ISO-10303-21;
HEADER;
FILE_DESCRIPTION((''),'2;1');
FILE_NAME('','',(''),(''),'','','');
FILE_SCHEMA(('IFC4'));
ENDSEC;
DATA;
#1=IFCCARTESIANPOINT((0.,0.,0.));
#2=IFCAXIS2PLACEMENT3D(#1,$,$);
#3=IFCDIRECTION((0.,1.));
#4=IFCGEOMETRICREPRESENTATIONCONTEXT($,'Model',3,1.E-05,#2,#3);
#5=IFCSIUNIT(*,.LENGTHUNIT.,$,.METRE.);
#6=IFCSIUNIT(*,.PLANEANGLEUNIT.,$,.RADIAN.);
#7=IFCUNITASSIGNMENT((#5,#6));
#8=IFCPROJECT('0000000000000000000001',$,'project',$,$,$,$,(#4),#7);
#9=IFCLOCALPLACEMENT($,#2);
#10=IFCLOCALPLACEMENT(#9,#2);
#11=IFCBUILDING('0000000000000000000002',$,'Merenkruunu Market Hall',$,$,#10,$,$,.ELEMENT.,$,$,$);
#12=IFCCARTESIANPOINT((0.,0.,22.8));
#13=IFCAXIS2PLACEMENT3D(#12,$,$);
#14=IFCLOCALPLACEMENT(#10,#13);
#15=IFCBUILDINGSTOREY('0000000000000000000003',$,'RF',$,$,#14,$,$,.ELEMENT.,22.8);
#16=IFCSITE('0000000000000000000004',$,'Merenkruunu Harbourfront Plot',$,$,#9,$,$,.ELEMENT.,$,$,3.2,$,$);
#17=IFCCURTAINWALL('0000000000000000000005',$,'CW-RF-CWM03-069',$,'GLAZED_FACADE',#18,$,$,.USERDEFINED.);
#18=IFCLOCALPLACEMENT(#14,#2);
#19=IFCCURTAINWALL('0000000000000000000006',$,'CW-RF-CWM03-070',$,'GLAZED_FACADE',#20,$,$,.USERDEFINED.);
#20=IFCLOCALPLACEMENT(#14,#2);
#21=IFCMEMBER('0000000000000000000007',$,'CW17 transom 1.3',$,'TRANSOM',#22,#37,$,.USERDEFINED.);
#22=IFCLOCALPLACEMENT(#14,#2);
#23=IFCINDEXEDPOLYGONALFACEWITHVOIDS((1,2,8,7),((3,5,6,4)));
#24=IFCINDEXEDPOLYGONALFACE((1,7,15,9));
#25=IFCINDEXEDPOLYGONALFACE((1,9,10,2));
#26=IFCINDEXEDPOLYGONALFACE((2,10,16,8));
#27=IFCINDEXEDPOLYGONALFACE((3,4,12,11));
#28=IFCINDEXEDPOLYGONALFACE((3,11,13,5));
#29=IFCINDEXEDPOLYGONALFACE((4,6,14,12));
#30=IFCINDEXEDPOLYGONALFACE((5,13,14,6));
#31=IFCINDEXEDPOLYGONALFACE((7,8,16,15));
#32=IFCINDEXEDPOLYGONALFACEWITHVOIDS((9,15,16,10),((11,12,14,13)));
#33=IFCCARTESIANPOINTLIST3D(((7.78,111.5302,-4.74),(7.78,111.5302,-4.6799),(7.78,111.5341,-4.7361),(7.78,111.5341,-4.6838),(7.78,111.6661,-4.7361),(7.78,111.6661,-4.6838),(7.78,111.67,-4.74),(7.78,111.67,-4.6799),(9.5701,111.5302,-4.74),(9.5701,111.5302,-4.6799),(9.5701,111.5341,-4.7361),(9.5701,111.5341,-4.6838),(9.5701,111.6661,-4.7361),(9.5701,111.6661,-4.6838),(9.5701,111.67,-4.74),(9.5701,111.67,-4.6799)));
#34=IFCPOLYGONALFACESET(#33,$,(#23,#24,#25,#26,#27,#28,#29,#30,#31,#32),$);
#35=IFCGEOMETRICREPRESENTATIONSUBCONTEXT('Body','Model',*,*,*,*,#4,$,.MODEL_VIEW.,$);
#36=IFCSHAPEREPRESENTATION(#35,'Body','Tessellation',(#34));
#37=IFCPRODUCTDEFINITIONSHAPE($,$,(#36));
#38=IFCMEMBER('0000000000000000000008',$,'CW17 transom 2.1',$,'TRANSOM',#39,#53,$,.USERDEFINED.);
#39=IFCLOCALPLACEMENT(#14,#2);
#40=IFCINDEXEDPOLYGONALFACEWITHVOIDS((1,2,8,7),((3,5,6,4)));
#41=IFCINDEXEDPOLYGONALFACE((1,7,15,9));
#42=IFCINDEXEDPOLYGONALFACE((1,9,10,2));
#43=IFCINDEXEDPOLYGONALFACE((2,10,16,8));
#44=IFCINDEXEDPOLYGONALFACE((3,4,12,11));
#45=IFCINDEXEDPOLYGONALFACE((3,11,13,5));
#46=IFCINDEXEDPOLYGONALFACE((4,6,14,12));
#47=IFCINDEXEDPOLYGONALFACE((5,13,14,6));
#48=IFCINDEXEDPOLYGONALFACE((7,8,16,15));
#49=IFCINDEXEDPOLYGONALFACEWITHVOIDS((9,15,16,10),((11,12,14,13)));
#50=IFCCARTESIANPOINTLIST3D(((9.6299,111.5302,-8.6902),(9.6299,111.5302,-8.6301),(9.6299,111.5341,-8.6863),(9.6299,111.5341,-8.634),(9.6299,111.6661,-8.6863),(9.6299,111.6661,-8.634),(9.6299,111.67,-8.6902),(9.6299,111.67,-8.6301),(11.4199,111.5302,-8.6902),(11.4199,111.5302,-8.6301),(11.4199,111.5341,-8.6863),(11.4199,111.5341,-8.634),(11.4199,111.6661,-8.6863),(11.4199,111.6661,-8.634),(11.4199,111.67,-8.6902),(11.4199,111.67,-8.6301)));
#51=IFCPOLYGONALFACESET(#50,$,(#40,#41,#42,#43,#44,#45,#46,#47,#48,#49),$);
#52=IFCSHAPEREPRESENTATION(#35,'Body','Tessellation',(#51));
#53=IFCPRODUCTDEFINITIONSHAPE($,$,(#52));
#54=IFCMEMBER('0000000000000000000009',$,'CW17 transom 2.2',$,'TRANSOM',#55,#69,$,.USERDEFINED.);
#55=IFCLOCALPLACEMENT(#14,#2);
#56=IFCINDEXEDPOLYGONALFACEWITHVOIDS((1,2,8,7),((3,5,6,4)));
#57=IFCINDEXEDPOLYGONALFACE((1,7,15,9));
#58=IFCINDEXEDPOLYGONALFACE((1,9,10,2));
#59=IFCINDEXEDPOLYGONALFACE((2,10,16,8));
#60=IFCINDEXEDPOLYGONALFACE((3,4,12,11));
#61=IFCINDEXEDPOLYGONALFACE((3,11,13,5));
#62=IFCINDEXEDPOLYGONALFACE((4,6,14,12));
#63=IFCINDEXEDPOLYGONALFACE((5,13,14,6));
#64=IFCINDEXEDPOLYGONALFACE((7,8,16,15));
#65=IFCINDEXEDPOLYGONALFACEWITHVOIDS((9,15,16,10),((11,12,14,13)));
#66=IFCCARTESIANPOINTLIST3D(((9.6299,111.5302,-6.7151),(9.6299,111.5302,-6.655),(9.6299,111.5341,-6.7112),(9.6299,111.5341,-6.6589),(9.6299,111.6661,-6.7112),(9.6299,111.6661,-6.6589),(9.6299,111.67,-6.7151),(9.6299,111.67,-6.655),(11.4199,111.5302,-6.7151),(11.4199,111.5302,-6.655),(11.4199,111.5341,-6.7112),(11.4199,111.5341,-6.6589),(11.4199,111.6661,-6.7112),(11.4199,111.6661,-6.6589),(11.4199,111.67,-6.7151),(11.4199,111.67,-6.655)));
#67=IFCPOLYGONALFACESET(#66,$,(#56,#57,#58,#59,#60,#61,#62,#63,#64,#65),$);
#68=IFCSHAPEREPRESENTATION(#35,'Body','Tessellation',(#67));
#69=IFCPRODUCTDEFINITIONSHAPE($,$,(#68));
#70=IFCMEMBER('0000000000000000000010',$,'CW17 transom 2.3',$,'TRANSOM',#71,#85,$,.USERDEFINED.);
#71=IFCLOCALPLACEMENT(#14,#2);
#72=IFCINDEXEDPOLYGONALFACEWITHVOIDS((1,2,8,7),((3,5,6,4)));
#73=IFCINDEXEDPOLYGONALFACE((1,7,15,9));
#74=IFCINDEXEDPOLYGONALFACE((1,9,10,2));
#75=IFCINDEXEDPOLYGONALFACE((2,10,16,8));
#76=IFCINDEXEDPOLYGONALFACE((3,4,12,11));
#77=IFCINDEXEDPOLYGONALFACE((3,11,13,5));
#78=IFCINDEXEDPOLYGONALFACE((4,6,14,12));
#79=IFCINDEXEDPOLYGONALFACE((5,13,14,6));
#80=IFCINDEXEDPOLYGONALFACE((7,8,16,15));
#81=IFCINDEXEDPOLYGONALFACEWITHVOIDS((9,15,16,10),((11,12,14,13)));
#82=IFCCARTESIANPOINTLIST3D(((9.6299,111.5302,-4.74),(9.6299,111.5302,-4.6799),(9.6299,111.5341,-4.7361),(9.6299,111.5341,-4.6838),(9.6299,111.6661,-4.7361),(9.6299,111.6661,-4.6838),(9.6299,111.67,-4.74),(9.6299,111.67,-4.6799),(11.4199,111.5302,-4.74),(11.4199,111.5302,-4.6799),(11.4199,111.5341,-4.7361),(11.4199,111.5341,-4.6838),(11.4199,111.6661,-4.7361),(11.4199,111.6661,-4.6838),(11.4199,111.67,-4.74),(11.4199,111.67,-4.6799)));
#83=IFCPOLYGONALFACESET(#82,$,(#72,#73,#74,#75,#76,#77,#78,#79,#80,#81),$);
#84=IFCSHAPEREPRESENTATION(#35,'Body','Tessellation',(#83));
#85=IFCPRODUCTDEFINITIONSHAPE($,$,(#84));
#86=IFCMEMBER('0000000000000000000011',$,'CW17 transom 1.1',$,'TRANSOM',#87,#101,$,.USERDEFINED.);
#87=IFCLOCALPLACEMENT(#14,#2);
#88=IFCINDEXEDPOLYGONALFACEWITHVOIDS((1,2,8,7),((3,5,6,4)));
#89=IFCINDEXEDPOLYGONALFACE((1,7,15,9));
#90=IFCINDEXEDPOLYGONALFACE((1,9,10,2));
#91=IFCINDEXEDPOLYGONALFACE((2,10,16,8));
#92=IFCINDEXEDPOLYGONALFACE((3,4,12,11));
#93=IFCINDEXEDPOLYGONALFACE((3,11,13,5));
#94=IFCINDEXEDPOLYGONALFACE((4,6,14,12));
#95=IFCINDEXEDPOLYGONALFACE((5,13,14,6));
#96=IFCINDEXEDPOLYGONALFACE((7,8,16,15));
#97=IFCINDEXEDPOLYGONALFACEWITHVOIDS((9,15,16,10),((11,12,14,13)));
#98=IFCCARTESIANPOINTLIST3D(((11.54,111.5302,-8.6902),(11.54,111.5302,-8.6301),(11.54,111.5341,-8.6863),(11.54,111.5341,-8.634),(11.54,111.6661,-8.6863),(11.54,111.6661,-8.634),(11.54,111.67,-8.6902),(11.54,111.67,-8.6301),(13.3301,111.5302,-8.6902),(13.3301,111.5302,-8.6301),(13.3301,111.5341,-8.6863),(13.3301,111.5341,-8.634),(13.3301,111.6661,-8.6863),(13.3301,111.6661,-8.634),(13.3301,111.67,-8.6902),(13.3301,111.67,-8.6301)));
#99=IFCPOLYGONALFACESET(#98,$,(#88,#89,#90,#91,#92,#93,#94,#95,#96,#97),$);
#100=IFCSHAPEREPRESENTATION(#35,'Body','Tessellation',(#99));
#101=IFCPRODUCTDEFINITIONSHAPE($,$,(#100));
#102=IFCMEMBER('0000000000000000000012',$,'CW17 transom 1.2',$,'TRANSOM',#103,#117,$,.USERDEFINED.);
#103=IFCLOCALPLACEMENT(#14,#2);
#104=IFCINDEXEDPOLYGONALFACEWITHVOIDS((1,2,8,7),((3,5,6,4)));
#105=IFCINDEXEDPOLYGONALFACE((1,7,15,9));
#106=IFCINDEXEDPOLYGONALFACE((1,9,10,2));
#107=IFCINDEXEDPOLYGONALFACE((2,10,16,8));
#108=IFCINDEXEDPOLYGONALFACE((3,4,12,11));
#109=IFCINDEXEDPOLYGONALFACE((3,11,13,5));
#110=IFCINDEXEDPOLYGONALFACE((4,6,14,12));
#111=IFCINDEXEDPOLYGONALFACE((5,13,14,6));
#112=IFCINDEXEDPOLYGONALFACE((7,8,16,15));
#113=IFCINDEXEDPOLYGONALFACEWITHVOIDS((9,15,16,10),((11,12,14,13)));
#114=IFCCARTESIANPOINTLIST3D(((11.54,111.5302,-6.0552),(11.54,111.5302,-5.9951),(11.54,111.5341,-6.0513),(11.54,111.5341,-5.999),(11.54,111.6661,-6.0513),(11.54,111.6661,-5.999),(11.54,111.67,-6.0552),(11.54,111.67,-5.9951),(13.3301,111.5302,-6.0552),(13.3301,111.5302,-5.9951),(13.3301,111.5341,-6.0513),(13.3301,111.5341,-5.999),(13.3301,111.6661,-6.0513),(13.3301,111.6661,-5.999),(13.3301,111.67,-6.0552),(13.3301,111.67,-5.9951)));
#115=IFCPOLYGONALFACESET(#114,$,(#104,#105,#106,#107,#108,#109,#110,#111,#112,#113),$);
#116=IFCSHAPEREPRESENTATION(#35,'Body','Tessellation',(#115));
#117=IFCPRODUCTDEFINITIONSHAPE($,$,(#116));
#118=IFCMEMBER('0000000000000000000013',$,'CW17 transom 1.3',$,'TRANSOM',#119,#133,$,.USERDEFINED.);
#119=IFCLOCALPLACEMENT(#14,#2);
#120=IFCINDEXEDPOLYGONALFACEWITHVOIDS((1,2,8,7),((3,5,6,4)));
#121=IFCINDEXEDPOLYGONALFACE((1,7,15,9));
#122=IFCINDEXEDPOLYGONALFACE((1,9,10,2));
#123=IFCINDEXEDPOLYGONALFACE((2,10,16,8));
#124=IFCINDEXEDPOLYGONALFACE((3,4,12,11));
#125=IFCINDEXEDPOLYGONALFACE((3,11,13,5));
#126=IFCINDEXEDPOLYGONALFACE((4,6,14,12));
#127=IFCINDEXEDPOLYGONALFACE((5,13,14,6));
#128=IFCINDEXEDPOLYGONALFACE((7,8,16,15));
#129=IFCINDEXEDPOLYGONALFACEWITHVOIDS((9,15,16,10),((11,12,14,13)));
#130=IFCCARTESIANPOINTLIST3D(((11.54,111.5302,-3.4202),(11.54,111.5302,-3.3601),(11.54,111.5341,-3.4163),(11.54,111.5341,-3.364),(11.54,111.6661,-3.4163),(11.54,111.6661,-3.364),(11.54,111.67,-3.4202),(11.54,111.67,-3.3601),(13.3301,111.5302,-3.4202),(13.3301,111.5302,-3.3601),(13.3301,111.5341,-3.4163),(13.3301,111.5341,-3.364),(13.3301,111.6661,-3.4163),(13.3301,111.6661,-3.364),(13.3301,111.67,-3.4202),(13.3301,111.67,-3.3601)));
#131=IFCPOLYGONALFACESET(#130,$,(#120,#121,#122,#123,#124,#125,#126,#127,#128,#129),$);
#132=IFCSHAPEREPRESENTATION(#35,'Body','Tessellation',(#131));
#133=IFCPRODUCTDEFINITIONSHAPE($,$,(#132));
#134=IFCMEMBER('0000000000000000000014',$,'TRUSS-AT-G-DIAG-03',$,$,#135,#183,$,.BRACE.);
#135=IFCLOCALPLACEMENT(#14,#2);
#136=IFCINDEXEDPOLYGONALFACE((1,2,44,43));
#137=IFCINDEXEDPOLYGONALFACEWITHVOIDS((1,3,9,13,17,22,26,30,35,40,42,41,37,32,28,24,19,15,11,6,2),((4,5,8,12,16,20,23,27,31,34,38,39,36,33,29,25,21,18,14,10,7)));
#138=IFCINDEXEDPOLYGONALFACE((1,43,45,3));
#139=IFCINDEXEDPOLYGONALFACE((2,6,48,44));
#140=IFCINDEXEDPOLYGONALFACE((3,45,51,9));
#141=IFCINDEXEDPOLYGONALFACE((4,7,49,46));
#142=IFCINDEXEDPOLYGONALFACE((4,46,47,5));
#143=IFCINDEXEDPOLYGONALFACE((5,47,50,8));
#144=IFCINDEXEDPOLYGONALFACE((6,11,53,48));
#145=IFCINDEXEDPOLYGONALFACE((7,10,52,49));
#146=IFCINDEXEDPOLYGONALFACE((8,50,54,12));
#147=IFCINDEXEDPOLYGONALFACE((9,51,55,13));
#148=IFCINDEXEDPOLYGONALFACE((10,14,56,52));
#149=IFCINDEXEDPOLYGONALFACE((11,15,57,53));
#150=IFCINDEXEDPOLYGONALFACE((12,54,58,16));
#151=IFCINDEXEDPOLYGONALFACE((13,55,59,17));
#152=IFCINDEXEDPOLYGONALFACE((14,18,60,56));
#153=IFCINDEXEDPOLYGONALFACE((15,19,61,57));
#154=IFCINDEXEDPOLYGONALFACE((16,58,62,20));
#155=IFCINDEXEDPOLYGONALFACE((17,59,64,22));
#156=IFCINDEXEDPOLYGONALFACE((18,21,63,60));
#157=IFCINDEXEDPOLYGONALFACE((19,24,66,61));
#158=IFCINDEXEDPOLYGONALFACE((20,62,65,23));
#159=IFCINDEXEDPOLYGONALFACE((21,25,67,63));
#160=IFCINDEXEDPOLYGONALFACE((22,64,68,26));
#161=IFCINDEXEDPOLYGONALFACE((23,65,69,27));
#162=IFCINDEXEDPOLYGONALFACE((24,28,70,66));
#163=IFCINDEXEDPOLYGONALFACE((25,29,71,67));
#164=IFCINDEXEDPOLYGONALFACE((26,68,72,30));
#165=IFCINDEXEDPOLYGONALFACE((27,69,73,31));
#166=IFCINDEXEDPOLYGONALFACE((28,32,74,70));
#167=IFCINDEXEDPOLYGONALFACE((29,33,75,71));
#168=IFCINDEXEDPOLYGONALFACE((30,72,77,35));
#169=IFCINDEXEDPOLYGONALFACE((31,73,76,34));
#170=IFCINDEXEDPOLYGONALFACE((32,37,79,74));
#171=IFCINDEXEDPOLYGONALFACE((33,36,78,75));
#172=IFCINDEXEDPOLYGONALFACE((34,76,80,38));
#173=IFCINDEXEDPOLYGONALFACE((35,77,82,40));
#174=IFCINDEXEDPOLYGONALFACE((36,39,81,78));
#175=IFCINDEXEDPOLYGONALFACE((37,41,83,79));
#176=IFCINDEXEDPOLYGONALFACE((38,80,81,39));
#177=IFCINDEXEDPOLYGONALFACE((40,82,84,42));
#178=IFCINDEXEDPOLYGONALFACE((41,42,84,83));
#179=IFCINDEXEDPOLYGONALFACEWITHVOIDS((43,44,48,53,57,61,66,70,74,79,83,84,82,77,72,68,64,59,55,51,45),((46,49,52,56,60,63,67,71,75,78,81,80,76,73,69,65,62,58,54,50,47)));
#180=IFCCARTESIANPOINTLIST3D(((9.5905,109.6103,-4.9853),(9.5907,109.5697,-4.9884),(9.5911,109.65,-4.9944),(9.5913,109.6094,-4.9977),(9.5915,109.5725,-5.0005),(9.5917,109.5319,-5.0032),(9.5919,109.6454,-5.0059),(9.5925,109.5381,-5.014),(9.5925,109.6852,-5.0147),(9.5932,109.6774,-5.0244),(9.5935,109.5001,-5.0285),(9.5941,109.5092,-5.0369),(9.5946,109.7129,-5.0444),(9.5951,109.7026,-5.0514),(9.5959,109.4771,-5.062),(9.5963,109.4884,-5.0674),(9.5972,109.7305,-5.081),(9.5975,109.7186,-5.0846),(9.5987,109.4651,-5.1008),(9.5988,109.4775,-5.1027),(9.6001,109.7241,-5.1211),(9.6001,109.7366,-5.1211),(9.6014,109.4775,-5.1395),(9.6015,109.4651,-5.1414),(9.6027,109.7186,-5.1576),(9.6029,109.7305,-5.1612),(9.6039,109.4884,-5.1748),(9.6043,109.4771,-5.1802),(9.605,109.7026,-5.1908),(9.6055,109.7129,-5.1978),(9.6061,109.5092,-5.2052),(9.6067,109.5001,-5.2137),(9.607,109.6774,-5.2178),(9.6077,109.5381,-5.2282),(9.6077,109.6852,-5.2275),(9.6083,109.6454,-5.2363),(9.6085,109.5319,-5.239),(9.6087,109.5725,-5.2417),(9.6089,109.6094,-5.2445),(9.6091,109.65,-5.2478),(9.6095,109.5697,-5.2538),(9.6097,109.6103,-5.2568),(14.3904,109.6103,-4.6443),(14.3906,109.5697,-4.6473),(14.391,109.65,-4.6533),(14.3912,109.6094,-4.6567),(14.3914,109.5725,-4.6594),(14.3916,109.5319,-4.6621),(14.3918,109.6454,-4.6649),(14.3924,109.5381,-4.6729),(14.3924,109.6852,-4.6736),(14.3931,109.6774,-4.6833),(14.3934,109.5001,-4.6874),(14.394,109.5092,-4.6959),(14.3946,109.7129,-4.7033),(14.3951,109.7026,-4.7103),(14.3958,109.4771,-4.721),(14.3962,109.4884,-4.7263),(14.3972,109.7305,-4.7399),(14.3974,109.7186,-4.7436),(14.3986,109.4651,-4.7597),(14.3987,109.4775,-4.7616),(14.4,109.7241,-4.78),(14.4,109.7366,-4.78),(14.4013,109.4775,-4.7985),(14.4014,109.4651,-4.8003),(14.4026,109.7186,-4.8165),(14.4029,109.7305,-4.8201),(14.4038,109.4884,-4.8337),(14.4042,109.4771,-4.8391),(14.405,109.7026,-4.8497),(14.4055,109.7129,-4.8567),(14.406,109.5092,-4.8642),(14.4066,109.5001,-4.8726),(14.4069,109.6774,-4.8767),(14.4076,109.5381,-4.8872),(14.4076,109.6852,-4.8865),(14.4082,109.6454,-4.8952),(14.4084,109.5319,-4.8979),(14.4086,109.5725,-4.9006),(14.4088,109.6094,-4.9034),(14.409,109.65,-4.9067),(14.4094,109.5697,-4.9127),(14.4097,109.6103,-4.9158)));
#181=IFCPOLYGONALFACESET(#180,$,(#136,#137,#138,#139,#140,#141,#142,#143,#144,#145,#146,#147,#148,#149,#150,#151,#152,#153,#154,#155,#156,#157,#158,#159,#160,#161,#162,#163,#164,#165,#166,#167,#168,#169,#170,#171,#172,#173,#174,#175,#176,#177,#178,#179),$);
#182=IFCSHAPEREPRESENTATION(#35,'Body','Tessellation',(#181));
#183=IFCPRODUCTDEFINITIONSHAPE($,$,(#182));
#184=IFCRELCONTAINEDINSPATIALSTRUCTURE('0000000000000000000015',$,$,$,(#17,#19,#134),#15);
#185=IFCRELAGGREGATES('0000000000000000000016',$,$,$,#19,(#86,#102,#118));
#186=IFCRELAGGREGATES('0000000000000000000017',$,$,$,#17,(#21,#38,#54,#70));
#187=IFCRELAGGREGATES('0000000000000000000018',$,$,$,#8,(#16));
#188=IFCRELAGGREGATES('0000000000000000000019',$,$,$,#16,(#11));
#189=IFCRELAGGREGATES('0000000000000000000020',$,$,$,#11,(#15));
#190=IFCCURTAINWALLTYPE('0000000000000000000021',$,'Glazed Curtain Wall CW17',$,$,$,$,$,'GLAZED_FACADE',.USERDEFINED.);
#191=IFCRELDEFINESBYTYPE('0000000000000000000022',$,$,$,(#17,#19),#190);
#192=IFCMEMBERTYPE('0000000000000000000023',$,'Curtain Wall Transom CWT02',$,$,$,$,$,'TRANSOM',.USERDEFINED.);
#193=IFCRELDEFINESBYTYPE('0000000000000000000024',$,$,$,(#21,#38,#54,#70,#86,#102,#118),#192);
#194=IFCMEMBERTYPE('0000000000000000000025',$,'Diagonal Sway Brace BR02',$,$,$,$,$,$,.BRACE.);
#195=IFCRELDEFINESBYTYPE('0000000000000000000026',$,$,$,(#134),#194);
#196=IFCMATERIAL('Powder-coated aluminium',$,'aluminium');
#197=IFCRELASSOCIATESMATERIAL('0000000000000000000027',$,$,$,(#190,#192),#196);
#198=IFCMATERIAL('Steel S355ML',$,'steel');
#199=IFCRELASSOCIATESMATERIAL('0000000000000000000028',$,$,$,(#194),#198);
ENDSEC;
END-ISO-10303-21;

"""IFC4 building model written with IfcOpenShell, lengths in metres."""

from ifc_helpers import new_model, si_unit, direction, frame, origin, origin_2d, place, context, subcontext, project, spatial, hollow_rectangle, hollow_circle, extrude, material, material_profile, profile_set, type_object, element, aggregate, save


model = new_model("IFC4")

# Units and contexts
model_context = context("Model", 3, precision=1e-05, world=origin(), true_north=direction((0.0, 1.0)))
body_context = subcontext(model_context, "Body", "Model", "MODEL_VIEW")
ifc_project = project(units=[si_unit("LENGTHUNIT", "METRE"), si_unit("PLANEANGLEUNIT", "RADIAN")], contexts=[model_context])

# Site, building, storey
site_placement = place(None, origin())
site = spatial("IfcSite", under=ifc_project, at=site_placement, Name="Merenkruunu Harbourfront Plot", CompositionType="ELEMENT", RefElevation=3.2)
building_placement = place(site_placement, origin())
building = spatial("IfcBuilding", under=site, at=building_placement, Name="Merenkruunu Market Hall", CompositionType="ELEMENT")
storey_placement = place(building_placement, frame((0.0, 0.0, 22.8)))
storey = spatial("IfcBuildingStorey", under=building, at=storey_placement, Name="RF", CompositionType="ELEMENT", Elevation=22.8)

# Shared definitions
ifc_material_1 = material(Name="Steel S355ML", Category="steel")

# Curtain wall
ifc_material_2 = material(Name="Powder-coated aluminium", Category="aluminium")
curtain_wall_type_1 = type_object("IfcCurtainWallType", Name="Glazed Curtain Wall CW17", ElementType="GLAZED_FACADE", PredefinedType="USERDEFINED", material=ifc_material_2)
curtain_wall_1_placement = place(storey_placement, origin())
curtain_wall_1 = element("IfcCurtainWall", 1, at=curtain_wall_1_placement, inside=storey, type_object=curtain_wall_type_1, Name="CW-RF-CWM03-069", ObjectType="GLAZED_FACADE", PredefinedType="USERDEFINED")

# Curtain wall
curtain_wall_2_placement = place(storey_placement, origin())
curtain_wall_2 = element("IfcCurtainWall", 2, at=curtain_wall_2_placement, inside=storey, type_object=curtain_wall_type_1, Name="CW-RF-CWM03-070", ObjectType="GLAZED_FACADE", PredefinedType="USERDEFINED")

# Members
ifc_material_profile_1 = material_profile(ifc_material_2, hollow_rectangle(XDim=0.0601, YDim=0.1399, WallThickness=0.0039, at=origin_2d()), Name="ALU 60x140x4")
ifc_profile_set_1 = profile_set([ifc_material_profile_1], Name="Powder-coated aluminium")
member_type_1 = type_object("IfcMemberType", Name="Curtain Wall Transom CWT02", ElementType="TRANSOM", PredefinedType="USERDEFINED", material=ifc_profile_set_1)
member_1_placement = place(storey_placement, frame((7.78, 111.6001, -4.71), z_axis=(1.0, 0.0, 0.0), x_axis=(0.0, 0.0, 1.0)))
member_1 = element("IfcMember", 3, at=member_1_placement, type_object=member_type_1, Name="CW17 transom 1.3", ObjectType="TRANSOM", PredefinedType="USERDEFINED", context=body_context, shape_type="SweptSolid", body=[
    extrude(hollow_rectangle(XDim=0.0601, YDim=0.1399, WallThickness=0.0039, at=origin_2d()), origin(), (0.0, 0.0, 1.0), 1.79),
])
member_2_placement = place(storey_placement, frame((9.6299, 111.6001, -8.6602), z_axis=(1.0, 0.0, 0.0), x_axis=(0.0, 0.0, 1.0)))
member_2 = element("IfcMember", 4, at=member_2_placement, type_object=member_type_1, Name="CW17 transom 2.1", ObjectType="TRANSOM", PredefinedType="USERDEFINED", context=body_context, shape_type="SweptSolid", body=[
    extrude(hollow_rectangle(XDim=0.0601, YDim=0.1399, WallThickness=0.0039, at=origin_2d()), origin(), (0.0, 0.0, 1.0), 1.79),
])
member_3_placement = place(storey_placement, frame((9.6299, 111.6001, -6.6851), z_axis=(1.0, 0.0, 0.0), x_axis=(0.0, 0.0, 1.0)))
member_3 = element("IfcMember", 5, at=member_3_placement, type_object=member_type_1, Name="CW17 transom 2.2", ObjectType="TRANSOM", PredefinedType="USERDEFINED", context=body_context, shape_type="SweptSolid", body=[
    extrude(hollow_rectangle(XDim=0.0601, YDim=0.1399, WallThickness=0.0039, at=origin_2d()), origin(), (0.0, 0.0, 1.0), 1.79),
])
member_4_placement = place(storey_placement, frame((9.6299, 111.6001, -4.71), z_axis=(1.0, 0.0, 0.0), x_axis=(0.0, 0.0, 1.0)))
member_4 = element("IfcMember", 6, at=member_4_placement, type_object=member_type_1, Name="CW17 transom 2.3", ObjectType="TRANSOM", PredefinedType="USERDEFINED", context=body_context, shape_type="SweptSolid", body=[
    extrude(hollow_rectangle(XDim=0.0601, YDim=0.1399, WallThickness=0.0039, at=origin_2d()), origin(), (0.0, 0.0, 1.0), 1.79),
])
member_5_placement = place(storey_placement, frame((11.54, 111.6001, -8.6602), z_axis=(1.0, 0.0, 0.0), x_axis=(0.0, 0.0, 1.0)))
member_5 = element("IfcMember", 7, at=member_5_placement, type_object=member_type_1, Name="CW17 transom 1.1", ObjectType="TRANSOM", PredefinedType="USERDEFINED", context=body_context, shape_type="SweptSolid", body=[
    extrude(hollow_rectangle(XDim=0.0601, YDim=0.1399, WallThickness=0.0039, at=origin_2d()), origin(), (0.0, 0.0, 1.0), 1.79),
])
member_6_placement = place(storey_placement, frame((11.54, 111.6001, -6.0251), z_axis=(1.0, 0.0, 0.0), x_axis=(0.0, 0.0, 1.0)))
member_6 = element("IfcMember", 8, at=member_6_placement, type_object=member_type_1, Name="CW17 transom 1.2", ObjectType="TRANSOM", PredefinedType="USERDEFINED", context=body_context, shape_type="SweptSolid", body=[
    extrude(hollow_rectangle(XDim=0.0601, YDim=0.1399, WallThickness=0.0039, at=origin_2d()), origin(), (0.0, 0.0, 1.0), 1.79),
])
member_7_placement = place(storey_placement, frame((11.54, 111.6001, -3.3901), z_axis=(1.0, 0.0, 0.0), x_axis=(0.0, 0.0, 1.0)))
member_7 = element("IfcMember", 9, at=member_7_placement, type_object=member_type_1, Name="CW17 transom 1.3", ObjectType="TRANSOM", PredefinedType="USERDEFINED", context=body_context, shape_type="SweptSolid", body=[
    extrude(hollow_rectangle(XDim=0.0601, YDim=0.1399, WallThickness=0.0039, at=origin_2d()), origin(), (0.0, 0.0, 1.0), 1.79),
])
aggregate(curtain_wall_2, [member_5, member_6, member_7])

# Member
ifc_material_profile_2 = material_profile(ifc_material_1, hollow_circle(Radius=0.1365, WallThickness=0.0125, at=origin_2d()), Name="CHS 273x12.5")
ifc_profile_set_2 = profile_set([ifc_material_profile_2], Name="Steel S355ML")
member_type_2 = type_object("IfcMemberType", Name="Diagonal Sway Brace BR02", PredefinedType="BRACE", material=ifc_profile_set_2)
member_8_placement = place(storey_placement, frame((9.6001, 109.6001, -5.1211), z_axis=(0.997485, 0.0, 0.070879), x_axis=(0.0, 1.0, 0.0)))
element("IfcMember", 10, at=member_8_placement, inside=storey, type_object=member_type_2, Name="TRUSS-AT-G-DIAG-03", PredefinedType="BRACE", context=body_context, shape_type="SweptSolid", body=[
    extrude(hollow_circle(Radius=0.1365, WallThickness=0.0125, at=origin_2d()), origin(), (0.0, 0.0, 1.0), 4.812),
])

aggregate(curtain_wall_1, [member_1, member_2, member_3, member_4])

save(model, "model.ifc")
